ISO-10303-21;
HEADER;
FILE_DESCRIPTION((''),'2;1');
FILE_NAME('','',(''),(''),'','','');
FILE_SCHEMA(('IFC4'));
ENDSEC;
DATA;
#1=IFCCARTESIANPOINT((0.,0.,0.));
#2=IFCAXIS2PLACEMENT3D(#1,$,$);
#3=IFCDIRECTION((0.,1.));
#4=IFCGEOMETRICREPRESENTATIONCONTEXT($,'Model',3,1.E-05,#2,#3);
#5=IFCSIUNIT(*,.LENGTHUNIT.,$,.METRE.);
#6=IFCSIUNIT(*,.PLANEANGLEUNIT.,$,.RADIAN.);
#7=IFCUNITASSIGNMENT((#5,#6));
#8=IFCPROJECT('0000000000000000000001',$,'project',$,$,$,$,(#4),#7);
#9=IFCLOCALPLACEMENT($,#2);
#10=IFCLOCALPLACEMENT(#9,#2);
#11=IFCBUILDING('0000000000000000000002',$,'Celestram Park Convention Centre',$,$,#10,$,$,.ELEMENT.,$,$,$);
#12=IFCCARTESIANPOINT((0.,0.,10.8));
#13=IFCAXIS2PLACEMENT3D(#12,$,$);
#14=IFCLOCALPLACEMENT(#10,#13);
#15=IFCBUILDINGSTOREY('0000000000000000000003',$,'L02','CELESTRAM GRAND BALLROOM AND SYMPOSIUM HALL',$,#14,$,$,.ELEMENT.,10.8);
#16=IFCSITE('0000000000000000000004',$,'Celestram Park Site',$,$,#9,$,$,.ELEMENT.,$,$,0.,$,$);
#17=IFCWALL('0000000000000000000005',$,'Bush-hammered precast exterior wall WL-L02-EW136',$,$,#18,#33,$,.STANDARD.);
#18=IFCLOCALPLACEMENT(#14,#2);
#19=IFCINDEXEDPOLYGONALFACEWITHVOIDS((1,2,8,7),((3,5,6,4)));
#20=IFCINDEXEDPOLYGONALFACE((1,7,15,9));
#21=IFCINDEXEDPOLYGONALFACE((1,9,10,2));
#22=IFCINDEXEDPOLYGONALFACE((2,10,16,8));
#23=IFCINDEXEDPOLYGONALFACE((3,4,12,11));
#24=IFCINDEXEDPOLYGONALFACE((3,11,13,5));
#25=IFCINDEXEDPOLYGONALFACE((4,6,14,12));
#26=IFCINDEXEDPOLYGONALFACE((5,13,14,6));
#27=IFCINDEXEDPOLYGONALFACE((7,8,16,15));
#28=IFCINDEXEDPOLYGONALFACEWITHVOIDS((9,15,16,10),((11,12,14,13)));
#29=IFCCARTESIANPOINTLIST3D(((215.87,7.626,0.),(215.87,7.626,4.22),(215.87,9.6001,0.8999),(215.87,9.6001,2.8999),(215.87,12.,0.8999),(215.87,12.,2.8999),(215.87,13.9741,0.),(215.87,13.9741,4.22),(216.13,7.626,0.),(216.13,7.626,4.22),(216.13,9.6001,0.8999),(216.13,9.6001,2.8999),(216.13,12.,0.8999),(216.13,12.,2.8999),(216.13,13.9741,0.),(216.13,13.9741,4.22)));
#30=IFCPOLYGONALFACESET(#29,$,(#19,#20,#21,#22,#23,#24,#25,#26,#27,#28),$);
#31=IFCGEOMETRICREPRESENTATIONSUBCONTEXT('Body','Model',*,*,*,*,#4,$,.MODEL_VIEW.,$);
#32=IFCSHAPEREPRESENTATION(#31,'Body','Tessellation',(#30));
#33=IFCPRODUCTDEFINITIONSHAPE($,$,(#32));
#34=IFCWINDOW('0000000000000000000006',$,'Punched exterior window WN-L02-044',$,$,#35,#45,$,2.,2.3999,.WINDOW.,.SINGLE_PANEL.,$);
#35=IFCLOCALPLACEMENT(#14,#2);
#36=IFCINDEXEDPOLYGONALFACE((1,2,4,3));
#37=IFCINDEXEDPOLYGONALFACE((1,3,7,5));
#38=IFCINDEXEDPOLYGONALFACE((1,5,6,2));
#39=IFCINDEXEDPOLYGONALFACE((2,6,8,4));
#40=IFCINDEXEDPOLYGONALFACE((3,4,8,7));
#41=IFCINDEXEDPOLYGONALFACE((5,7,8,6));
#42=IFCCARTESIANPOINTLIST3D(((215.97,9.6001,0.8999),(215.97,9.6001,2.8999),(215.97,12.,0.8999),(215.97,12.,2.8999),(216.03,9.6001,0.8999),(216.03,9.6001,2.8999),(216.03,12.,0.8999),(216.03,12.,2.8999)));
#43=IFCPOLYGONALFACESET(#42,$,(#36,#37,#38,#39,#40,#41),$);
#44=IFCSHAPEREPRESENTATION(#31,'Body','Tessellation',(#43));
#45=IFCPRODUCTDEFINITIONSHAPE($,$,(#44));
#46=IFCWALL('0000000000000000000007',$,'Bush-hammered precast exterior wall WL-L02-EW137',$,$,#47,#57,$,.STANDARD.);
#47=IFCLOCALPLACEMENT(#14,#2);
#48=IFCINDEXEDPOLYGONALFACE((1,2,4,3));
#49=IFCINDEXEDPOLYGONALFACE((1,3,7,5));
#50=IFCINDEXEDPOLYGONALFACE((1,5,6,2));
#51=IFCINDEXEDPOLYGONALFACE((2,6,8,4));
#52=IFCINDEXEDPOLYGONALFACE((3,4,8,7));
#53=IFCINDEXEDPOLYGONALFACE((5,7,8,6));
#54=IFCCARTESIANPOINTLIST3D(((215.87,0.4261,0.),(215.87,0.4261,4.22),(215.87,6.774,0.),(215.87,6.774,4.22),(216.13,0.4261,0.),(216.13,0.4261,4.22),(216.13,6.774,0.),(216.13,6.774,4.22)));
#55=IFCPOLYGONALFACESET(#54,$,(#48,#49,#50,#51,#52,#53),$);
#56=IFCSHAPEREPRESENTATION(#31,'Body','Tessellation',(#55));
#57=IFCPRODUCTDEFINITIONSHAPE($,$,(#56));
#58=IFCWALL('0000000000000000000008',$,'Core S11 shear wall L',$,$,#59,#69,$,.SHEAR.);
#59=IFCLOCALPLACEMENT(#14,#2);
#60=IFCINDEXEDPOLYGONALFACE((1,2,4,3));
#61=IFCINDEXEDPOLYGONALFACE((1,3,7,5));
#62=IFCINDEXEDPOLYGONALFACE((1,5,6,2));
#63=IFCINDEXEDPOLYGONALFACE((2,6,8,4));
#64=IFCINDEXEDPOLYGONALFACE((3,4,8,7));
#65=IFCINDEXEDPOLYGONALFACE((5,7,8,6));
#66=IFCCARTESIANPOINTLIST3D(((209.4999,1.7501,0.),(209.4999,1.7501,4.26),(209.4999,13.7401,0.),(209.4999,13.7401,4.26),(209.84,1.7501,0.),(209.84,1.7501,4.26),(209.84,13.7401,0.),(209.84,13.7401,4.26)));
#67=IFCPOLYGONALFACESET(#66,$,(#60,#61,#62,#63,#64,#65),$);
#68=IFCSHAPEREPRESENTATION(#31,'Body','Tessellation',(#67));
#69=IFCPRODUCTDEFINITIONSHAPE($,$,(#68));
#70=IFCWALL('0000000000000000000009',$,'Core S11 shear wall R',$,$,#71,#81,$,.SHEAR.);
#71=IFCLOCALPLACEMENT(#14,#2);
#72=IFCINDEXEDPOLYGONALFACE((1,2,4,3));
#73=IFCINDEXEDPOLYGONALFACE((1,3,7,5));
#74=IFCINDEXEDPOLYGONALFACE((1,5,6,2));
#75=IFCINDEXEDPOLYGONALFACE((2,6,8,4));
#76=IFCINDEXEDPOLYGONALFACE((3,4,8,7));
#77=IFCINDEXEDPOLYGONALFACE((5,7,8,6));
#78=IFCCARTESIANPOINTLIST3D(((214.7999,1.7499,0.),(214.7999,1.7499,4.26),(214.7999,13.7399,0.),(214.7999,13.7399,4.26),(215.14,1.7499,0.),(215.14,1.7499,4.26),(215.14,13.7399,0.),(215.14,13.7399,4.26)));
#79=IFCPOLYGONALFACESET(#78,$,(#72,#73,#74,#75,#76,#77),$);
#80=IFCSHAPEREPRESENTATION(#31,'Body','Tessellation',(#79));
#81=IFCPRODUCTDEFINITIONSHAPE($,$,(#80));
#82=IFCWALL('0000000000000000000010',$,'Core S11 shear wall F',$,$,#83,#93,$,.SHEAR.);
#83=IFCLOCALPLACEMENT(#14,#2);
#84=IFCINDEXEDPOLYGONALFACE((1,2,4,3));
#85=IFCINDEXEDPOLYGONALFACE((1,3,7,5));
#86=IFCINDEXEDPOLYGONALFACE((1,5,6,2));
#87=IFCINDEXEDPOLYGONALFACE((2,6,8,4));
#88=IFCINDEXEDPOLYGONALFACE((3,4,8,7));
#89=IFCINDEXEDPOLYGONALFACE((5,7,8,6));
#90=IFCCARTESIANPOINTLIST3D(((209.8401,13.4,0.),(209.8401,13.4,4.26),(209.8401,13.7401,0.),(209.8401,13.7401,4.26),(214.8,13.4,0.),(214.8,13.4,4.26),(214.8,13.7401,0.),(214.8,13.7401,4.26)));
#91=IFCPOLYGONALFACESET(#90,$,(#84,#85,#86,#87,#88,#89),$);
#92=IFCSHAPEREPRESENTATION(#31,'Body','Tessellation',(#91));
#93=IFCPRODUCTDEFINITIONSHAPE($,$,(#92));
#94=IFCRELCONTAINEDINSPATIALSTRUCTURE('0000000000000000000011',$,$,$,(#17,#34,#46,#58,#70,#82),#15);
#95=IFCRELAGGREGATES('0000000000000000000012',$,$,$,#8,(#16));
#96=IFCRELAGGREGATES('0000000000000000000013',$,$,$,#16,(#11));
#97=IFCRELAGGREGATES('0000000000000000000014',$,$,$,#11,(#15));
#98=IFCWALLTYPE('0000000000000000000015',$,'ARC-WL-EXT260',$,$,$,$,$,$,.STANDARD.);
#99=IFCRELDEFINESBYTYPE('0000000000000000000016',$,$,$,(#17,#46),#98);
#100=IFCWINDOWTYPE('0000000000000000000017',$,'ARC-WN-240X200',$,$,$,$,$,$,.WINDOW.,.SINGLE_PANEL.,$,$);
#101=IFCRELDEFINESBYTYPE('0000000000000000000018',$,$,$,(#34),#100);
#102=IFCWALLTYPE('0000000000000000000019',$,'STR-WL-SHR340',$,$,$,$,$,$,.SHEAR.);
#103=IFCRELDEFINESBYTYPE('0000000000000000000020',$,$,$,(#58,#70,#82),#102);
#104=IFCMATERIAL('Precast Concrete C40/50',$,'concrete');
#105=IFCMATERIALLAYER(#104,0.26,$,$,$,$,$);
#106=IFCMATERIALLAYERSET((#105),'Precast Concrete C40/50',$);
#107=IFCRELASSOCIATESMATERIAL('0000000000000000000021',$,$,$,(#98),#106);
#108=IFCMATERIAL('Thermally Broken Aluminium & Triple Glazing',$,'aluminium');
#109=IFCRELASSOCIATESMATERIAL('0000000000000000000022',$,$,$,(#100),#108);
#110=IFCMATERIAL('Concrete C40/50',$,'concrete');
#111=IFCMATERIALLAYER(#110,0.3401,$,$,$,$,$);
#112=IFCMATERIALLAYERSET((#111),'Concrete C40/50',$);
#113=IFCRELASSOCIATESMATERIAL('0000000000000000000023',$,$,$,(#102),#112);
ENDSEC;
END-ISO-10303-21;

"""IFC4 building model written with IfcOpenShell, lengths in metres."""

from ifc_helpers import new_model, si_unit, direction, frame, frame_2d, origin, place, context, subcontext, project, spatial, rectangle, extrude, material, layer, layer_set, type_object, element, fill, save


model = new_model("IFC4")

# Units and contexts
model_context = context("Model", 3, precision=1e-05, world=origin(), true_north=direction((0.0, 1.0)))
body_context = subcontext(model_context, "Body", "Model", "MODEL_VIEW")
ifc_project = project(units=[si_unit("LENGTHUNIT", "METRE"), si_unit("PLANEANGLEUNIT", "RADIAN")], contexts=[model_context])

# Site, building, storey
site_placement = place(None, origin())
site = spatial("IfcSite", under=ifc_project, at=site_placement, Name="Celestram Park Site", CompositionType="ELEMENT", RefElevation=0.0)
building_placement = place(site_placement, origin())
building = spatial("IfcBuilding", under=site, at=building_placement, Name="Celestram Park Convention Centre", CompositionType="ELEMENT")
storey_placement = place(building_placement, frame((0.0, 0.0, 10.8)))
storey = spatial("IfcBuildingStorey", under=building, at=storey_placement, Name="L02", Description="CELESTRAM GRAND BALLROOM AND SYMPOSIUM HALL", CompositionType="ELEMENT", Elevation=10.8)

# Wall, opening, window
ifc_material_1 = material(Name="Precast Concrete C40/50", Category="concrete")
ifc_layer_1 = layer(ifc_material_1, 0.26)
ifc_layer_set_1 = layer_set([ifc_layer_1], Name="Precast Concrete C40/50")
wall_type_1 = type_object("IfcWallType", Name="ARC-WL-EXT260", PredefinedType="STANDARD", material=ifc_layer_set_1)
ifc_material_2 = material(Name="Thermally Broken Aluminium & Triple Glazing", Category="aluminium")
wall_1_placement = place(storey_placement, frame((216.0, 13.9741, 0.0), z_axis=(0.0, 0.0, 1.0), x_axis=(0.0, -1.0, 0.0)))
wall_1 = element("IfcWall", 1, at=wall_1_placement, inside=storey, type_object=wall_type_1, Name="Bush-hammered precast exterior wall WL-L02-EW136", PredefinedType="STANDARD", context=body_context, shape_type="SweptSolid", body=[
    extrude(rectangle(XDim=6.3481, YDim=0.26, at=frame_2d((3.1741, 0.0))), origin(), (0.0, 0.0, 1.0), 4.22),
])
opening_1_placement = place(wall_1_placement, frame((1.9741, 0.0, 0.8999)))
opening_1 = element("IfcOpeningElement", 2, at=opening_1_placement, cuts=wall_1, PredefinedType="OPENING", context=body_context, shape_type="SweptSolid", body=[
    extrude(rectangle(XDim=2.3999, YDim=2.0, at=frame_2d((1.2, 1.0))), frame((0.0, 0.1399, 0.0), z_axis=(0.0, -1.0, 0.0), x_axis=(1.0, 0.0, 0.0)), (0.0, 0.0, 1.0), 0.28),
])
window_type_1 = type_object("IfcWindowType", Name="ARC-WN-240X200", PartitioningType="SINGLE_PANEL", PredefinedType="WINDOW", material=ifc_material_2)
window_1_placement = place(opening_1_placement, origin())
window_1 = element("IfcWindow", 3, at=window_1_placement, inside=storey, type_object=window_type_1, Name="Punched exterior window WN-L02-044", OverallHeight=2.0, OverallWidth=2.3999, PartitioningType="SINGLE_PANEL", PredefinedType="WINDOW", context=body_context, shape_type="SweptSolid", body=[
    extrude(rectangle(XDim=2.3999, YDim=2.0, at=frame_2d((1.2, 1.0))), frame((0.0, 0.03, 0.0), z_axis=(0.0, -1.0, 0.0), x_axis=(1.0, 0.0, 0.0)), (0.0, 0.0, 1.0), 0.0601),
])
fill(opening_1, window_1)

# Walls
wall_2_placement = place(storey_placement, frame((216.0, 6.7739, 0.0), z_axis=(0.0, 0.0, 1.0), x_axis=(0.0, -1.0, 0.0)))
element("IfcWall", 4, at=wall_2_placement, inside=storey, type_object=wall_type_1, Name="Bush-hammered precast exterior wall WL-L02-EW137", PredefinedType="STANDARD", context=body_context, shape_type="SweptSolid", body=[
    extrude(rectangle(XDim=6.3479, YDim=0.26, at=frame_2d((3.1738, 0.0))), origin(), (0.0, 0.0, 1.0), 4.22),
])
ifc_material_3 = material(Name="Concrete C40/50", Category="concrete")
ifc_layer_2 = layer(ifc_material_3, 0.3401)
ifc_layer_set_2 = layer_set([ifc_layer_2], Name="Concrete C40/50")
wall_type_2 = type_object("IfcWallType", Name="STR-WL-SHR340", PredefinedType="SHEAR", material=ifc_layer_set_2)
for number, where, z_axis, x_axis, name in (
    (5, (209.6699, 1.75, 0.0), (0.0, 0.0, 1.0), (0.0, 1.0, 0.0), "Core S11 shear wall L"),
    (6, (214.97, 13.74, 0.0), (0.0, 0.0, 1.0), (0.0, -1.0, 0.0), "Core S11 shear wall R"),
):
    element("IfcWall", number, at=place(storey_placement, frame(where, z_axis=z_axis, x_axis=x_axis)), inside=storey, type_object=wall_type_2, Name=name, PredefinedType="SHEAR", context=body_context, shape_type="SweptSolid", body=[
        extrude(rectangle(XDim=11.99, YDim=0.3401, at=frame_2d((5.9951, 0.0))), origin(), (0.0, 0.0, 1.0), 4.26),
    ])
wall_3_placement = place(storey_placement, frame((209.8401, 13.5701, 0.0), z_axis=(0.0, 0.0, 1.0), x_axis=(1.0, 0.0, 0.0)))
element("IfcWall", 7, at=wall_3_placement, inside=storey, type_object=wall_type_2, Name="Core S11 shear wall F", PredefinedType="SHEAR", context=body_context, shape_type="SweptSolid", body=[
    extrude(rectangle(XDim=4.96, YDim=0.3401, at=frame_2d((2.48, 0.0))), origin(), (0.0, 0.0, 1.0), 4.26),
])

save(model, "model.ifc")
